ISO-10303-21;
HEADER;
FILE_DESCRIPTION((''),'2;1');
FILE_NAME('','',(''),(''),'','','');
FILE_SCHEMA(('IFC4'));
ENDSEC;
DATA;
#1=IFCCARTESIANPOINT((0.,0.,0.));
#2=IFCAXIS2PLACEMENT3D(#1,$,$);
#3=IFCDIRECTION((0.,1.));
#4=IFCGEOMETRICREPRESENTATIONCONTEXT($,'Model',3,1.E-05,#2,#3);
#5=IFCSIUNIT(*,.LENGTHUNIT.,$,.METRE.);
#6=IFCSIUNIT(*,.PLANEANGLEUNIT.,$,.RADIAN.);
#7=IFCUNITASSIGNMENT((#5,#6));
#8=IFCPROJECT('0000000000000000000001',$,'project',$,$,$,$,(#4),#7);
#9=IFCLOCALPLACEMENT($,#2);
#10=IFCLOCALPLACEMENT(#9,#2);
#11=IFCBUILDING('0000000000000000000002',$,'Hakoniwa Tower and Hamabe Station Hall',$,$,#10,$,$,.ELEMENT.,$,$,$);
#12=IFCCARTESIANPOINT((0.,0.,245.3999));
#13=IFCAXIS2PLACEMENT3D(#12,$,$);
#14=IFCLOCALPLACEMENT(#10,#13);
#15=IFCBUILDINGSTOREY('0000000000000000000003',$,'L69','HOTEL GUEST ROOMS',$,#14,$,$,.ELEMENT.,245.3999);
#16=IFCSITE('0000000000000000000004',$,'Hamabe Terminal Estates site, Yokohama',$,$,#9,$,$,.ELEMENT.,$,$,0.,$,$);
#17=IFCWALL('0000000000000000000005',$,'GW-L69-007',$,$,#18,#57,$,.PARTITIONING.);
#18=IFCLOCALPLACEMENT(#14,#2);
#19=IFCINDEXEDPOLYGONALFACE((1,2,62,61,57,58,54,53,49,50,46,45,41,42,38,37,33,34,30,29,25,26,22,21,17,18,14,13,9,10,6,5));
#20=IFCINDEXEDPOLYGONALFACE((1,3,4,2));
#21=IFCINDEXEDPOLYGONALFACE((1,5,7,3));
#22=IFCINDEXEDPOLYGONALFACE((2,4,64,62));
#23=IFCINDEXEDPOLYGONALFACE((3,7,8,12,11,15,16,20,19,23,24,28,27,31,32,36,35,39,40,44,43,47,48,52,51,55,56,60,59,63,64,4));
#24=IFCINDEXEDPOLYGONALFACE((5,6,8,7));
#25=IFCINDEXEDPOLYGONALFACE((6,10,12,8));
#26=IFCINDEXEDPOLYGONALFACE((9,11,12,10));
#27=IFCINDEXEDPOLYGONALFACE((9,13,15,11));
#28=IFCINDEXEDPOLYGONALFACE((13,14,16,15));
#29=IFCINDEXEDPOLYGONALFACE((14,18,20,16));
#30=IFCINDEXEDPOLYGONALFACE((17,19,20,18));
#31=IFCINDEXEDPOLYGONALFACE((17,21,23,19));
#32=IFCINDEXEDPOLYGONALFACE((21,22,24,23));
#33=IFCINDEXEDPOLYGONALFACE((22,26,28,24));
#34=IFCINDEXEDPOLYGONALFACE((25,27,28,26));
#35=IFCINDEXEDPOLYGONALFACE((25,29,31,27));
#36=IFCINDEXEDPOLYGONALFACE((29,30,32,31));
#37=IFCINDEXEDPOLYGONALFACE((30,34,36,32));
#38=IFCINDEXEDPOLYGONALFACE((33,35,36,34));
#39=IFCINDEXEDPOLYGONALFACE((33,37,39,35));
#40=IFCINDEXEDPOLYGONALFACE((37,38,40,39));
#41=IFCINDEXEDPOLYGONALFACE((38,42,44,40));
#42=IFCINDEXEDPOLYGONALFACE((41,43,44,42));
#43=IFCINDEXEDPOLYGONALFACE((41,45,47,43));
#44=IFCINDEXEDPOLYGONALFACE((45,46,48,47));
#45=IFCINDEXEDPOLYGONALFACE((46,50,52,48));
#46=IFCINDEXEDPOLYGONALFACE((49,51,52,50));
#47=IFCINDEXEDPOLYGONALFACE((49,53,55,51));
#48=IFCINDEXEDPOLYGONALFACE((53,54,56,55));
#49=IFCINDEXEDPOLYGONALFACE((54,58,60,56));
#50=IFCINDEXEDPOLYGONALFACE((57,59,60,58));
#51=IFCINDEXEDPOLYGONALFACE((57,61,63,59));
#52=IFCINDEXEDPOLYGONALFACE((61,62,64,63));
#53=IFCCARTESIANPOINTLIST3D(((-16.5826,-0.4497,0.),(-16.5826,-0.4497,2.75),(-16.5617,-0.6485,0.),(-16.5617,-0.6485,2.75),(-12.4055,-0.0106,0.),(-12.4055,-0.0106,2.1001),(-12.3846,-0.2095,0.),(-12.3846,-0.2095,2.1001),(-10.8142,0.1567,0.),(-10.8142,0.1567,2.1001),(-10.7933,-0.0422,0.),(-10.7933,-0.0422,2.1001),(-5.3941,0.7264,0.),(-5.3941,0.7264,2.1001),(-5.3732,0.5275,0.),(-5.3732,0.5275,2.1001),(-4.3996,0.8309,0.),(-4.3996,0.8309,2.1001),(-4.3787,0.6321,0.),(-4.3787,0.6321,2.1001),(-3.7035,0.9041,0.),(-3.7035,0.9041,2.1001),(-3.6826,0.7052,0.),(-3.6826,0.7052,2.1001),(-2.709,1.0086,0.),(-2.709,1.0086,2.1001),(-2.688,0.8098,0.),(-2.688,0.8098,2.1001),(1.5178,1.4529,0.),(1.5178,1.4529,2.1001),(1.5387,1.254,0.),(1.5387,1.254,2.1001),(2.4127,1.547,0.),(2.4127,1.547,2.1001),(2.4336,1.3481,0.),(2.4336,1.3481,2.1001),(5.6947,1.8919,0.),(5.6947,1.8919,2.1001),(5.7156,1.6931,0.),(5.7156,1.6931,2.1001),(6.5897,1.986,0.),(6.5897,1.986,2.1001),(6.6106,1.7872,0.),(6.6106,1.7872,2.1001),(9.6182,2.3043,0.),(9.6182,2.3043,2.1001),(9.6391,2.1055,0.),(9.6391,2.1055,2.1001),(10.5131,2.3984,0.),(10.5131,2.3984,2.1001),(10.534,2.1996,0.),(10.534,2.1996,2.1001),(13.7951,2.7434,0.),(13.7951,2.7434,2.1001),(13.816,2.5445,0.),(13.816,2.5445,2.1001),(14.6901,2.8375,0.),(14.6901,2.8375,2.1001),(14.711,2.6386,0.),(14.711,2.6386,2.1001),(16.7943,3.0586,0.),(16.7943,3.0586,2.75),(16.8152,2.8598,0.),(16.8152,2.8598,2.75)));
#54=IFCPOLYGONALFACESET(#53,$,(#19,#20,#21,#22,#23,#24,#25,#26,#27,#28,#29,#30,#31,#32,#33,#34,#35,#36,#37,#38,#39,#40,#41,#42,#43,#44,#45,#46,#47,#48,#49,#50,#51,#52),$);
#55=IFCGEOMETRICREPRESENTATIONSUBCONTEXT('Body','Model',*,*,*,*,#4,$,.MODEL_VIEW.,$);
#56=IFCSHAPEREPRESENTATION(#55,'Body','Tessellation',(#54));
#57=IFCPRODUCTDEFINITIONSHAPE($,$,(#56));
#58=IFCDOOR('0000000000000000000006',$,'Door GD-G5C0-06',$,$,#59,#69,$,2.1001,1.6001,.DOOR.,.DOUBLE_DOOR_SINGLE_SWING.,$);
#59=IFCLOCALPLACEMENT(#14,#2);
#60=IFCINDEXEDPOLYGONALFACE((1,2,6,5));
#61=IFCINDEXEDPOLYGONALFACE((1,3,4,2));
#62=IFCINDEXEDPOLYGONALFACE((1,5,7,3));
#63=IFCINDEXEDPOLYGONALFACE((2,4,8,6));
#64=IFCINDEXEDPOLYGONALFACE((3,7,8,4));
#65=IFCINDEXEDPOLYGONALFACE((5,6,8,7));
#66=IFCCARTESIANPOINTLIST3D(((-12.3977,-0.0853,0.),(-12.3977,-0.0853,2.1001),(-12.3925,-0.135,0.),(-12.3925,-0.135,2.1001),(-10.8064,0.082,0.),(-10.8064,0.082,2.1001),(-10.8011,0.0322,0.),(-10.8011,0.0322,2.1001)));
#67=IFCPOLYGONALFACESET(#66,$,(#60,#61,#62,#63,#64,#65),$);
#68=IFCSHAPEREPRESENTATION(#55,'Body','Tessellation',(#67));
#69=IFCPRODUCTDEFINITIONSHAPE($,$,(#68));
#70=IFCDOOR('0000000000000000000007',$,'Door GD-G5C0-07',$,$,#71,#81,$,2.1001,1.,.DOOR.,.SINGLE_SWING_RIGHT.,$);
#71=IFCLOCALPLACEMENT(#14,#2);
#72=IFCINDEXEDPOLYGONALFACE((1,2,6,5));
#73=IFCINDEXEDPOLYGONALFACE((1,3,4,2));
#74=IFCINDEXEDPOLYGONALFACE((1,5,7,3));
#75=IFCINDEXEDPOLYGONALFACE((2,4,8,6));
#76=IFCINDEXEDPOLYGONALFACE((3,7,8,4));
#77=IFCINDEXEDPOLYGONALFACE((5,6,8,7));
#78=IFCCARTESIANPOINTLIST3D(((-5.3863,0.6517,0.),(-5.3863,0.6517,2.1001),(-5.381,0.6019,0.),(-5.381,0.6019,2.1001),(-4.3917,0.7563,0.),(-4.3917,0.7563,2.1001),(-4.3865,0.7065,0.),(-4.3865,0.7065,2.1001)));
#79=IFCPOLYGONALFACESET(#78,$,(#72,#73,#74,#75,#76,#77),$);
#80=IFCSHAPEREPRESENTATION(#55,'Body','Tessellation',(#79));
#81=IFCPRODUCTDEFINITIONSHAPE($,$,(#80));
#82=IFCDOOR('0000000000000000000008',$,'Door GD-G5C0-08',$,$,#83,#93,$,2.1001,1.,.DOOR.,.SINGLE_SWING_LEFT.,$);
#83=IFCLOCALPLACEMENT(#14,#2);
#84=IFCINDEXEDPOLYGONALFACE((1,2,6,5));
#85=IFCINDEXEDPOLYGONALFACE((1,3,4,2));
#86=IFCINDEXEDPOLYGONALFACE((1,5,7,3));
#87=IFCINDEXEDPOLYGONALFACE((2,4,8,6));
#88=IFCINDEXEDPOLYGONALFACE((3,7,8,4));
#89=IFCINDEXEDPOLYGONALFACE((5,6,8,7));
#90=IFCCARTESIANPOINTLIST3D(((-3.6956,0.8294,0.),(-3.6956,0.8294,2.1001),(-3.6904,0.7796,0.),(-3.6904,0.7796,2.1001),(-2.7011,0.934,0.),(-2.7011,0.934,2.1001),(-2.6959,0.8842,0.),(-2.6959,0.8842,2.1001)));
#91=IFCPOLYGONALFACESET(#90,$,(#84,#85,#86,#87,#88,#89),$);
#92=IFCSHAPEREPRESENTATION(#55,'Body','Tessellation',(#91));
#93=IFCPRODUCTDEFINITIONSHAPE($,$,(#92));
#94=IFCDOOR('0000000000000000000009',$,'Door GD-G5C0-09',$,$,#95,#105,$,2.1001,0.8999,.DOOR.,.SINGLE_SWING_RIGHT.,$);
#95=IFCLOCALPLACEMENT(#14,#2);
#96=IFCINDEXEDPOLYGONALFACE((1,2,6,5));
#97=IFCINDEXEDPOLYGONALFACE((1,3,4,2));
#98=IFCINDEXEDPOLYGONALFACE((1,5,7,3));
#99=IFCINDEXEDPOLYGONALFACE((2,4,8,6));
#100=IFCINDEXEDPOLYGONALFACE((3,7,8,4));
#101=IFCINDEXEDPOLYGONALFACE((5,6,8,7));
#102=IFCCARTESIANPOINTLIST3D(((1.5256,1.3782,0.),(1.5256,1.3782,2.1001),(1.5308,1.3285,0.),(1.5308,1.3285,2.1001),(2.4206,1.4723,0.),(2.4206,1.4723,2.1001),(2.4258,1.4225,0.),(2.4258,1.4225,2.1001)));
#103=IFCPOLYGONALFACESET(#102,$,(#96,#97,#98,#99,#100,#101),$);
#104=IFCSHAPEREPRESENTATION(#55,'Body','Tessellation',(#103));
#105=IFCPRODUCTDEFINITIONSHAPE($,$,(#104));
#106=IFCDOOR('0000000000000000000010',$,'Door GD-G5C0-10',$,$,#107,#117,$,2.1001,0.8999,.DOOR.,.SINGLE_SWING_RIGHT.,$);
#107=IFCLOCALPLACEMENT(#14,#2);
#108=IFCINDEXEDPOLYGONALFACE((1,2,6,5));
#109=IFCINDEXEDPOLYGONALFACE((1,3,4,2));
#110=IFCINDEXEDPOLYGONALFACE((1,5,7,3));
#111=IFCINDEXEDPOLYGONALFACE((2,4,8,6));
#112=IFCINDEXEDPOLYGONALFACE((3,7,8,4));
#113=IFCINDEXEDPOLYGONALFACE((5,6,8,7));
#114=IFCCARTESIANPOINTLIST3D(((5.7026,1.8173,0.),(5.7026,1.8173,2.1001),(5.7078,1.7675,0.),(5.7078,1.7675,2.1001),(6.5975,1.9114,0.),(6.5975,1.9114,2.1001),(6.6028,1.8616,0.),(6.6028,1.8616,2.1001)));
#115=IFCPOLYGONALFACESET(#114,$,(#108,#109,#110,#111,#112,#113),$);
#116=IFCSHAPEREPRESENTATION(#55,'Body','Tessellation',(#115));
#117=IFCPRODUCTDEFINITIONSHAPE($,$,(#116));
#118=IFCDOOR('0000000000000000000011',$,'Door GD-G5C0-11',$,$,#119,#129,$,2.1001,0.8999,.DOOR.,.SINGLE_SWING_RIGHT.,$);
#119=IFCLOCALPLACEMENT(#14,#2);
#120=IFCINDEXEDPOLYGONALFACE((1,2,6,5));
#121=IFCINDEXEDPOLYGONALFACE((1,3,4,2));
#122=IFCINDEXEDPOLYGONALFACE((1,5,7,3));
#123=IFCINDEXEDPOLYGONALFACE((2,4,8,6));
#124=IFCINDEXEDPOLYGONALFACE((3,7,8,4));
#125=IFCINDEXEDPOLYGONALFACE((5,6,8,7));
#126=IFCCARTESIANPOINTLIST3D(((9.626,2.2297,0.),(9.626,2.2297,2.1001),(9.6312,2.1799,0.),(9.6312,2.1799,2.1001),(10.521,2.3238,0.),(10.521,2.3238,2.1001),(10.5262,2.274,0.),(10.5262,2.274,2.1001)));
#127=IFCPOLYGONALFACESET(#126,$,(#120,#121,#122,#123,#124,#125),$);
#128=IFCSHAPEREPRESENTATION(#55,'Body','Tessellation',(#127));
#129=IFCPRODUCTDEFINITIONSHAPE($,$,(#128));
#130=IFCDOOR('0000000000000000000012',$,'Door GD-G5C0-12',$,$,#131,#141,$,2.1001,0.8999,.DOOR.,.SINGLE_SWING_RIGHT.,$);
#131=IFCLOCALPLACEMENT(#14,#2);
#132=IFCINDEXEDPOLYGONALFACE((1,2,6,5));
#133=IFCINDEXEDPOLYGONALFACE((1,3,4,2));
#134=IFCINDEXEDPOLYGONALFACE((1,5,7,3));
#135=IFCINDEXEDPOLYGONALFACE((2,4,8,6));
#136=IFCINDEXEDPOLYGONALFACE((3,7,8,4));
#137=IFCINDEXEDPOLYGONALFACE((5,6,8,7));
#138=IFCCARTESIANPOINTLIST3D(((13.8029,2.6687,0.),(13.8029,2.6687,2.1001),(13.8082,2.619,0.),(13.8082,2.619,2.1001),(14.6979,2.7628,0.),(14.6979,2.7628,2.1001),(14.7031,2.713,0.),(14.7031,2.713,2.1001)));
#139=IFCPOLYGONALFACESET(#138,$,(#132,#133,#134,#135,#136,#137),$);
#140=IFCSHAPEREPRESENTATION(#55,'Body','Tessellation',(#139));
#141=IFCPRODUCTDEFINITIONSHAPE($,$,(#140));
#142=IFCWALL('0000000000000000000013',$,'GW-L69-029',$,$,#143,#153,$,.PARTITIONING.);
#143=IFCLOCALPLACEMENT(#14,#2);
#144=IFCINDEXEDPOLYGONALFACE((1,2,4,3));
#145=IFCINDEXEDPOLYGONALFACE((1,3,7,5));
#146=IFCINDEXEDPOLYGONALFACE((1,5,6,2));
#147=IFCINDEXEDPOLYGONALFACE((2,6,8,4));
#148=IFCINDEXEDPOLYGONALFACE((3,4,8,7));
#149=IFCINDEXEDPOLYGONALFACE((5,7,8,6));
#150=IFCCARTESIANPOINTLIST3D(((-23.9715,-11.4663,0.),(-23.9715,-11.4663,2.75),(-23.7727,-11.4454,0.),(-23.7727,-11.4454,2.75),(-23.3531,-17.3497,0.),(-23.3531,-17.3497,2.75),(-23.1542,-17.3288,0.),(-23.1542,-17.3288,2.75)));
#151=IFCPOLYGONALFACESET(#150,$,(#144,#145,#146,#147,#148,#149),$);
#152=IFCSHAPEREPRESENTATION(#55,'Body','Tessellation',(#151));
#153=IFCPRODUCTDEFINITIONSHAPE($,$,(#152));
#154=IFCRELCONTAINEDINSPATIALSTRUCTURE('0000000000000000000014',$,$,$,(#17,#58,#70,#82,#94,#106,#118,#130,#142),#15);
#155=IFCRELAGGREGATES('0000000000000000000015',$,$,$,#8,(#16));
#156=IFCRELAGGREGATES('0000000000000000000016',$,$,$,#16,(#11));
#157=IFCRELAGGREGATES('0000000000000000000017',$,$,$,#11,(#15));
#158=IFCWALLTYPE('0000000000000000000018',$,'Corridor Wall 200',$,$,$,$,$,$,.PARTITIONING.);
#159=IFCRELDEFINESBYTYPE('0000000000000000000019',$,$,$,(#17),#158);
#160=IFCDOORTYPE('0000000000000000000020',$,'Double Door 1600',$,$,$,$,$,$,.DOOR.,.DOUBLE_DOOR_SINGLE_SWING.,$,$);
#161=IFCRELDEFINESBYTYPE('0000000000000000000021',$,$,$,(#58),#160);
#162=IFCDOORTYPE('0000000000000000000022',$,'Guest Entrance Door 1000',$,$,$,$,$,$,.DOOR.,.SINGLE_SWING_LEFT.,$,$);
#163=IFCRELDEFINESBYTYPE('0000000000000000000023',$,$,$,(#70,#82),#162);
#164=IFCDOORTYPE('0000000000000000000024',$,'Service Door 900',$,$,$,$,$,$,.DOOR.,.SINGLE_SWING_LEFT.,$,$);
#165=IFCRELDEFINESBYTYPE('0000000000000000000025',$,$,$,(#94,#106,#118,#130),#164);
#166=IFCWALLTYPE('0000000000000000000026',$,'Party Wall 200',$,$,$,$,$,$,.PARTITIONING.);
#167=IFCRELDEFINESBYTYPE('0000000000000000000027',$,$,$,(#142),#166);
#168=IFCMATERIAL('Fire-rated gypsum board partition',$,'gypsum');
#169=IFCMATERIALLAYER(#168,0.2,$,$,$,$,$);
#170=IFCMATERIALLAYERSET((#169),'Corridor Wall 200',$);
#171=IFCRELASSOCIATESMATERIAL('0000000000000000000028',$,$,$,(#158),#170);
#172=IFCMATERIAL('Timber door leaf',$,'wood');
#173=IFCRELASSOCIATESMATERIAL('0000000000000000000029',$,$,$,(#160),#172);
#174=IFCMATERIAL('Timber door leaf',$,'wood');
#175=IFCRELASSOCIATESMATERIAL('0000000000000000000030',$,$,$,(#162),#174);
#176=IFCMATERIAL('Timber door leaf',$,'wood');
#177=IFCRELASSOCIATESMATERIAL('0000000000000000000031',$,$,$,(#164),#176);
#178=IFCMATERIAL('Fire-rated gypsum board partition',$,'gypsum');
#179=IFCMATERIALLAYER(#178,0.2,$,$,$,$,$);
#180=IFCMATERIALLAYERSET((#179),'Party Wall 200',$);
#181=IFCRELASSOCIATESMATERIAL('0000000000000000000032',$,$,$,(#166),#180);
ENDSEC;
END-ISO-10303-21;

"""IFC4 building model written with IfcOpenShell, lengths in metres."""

from ifc_helpers import new_model, si_unit, direction, frame, frame_2d, origin, place, context, subcontext, project, spatial, rectangle, extrude, material, layer, layer_set, type_object, element, fill, save


model = new_model("IFC4")

# Units and contexts
model_context = context("Model", 3, precision=1e-05, world=origin(), true_north=direction((0.0, 1.0)))
body_context = subcontext(model_context, "Body", "Model", "MODEL_VIEW")
ifc_project = project(units=[si_unit("LENGTHUNIT", "METRE"), si_unit("PLANEANGLEUNIT", "RADIAN")], contexts=[model_context])

# Site, building, storey
site_placement = place(None, origin())
site = spatial("IfcSite", under=ifc_project, at=site_placement, Name="Hamabe Terminal Estates site, Yokohama", CompositionType="ELEMENT", RefElevation=0.0)
building_placement = place(site_placement, origin())
building = spatial("IfcBuilding", under=site, at=building_placement, Name="Hakoniwa Tower and Hamabe Station Hall", CompositionType="ELEMENT")
storey_placement = place(building_placement, frame((0.0, 0.0, 245.3999)))
storey = spatial("IfcBuildingStorey", under=building, at=storey_placement, Name="L69", Description="HOTEL GUEST ROOMS", CompositionType="ELEMENT", Elevation=245.3999)

# Wall, openings, doors
ifc_material_1 = material(Name="Fire-rated gypsum board partition", Category="gypsum")
ifc_layer_1 = layer(ifc_material_1, 0.2)
ifc_layer_set_1 = layer_set([ifc_layer_1], Name="Corridor Wall 200")
wall_type_1 = type_object("IfcWallType", Name="Corridor Wall 200", PredefinedType="PARTITIONING", material=ifc_layer_set_1)
wall_1_placement = place(storey_placement, frame((-16.572, -0.5491, 0.0), z_axis=(0.0, 0.0, 1.0), x_axis=(0.994521, 0.104536, 0.0)))
wall_1 = element("IfcWall", 1, at=wall_1_placement, inside=storey, type_object=wall_type_1, Name="GW-L69-007", PredefinedType="PARTITIONING", context=body_context, shape_type="SweptSolid", body=[
    extrude(rectangle(XDim=33.5608, YDim=0.2, at=frame_2d((16.7803, 0.0))), origin(), (0.0, 0.0, 1.0), 2.75),
])
opening_1_placement = place(wall_1_placement, frame((4.2, 0.0, 0.0)))
opening_1 = element("IfcOpeningElement", 2, at=opening_1_placement, cuts=wall_1, PredefinedType="OPENING", context=body_context, shape_type="SweptSolid", body=[
    extrude(rectangle(XDim=1.6001, YDim=2.1001, at=frame_2d((0.8, 1.05))), frame((0.0, 0.1099, 0.0), z_axis=(0.0, -1.0, 0.0), x_axis=(1.0, 0.0, 0.0)), (0.0, 0.0, 1.0), 0.22),
])
opening_2_placement = place(wall_1_placement, frame((11.25, 0.0, 0.0)))
opening_2 = element("IfcOpeningElement", 3, at=opening_2_placement, cuts=wall_1, PredefinedType="OPENING", context=body_context, shape_type="SweptSolid", body=[
    extrude(rectangle(XDim=1.0, YDim=2.1001, at=frame_2d((0.5, 1.05))), frame((0.0, 0.1099, 0.0), z_axis=(0.0, -1.0, 0.0), x_axis=(1.0, 0.0, 0.0)), (0.0, 0.0, 1.0), 0.22),
])
opening_3_placement = place(wall_1_placement, frame((12.95, 0.0, 0.0)))
opening_3 = element("IfcOpeningElement", 4, at=opening_3_placement, cuts=wall_1, PredefinedType="OPENING", context=body_context, shape_type="SweptSolid", body=[
    extrude(rectangle(XDim=1.0, YDim=2.1001, at=frame_2d((0.5, 1.05))), frame((0.0, 0.1099, 0.0), z_axis=(0.0, -1.0, 0.0), x_axis=(1.0, 0.0, 0.0)), (0.0, 0.0, 1.0), 0.22),
])
opening_4_placement = place(wall_1_placement, frame((18.2, 0.0, 0.0)))
opening_4 = element("IfcOpeningElement", 5, at=opening_4_placement, cuts=wall_1, PredefinedType="OPENING", context=body_context, shape_type="SweptSolid", body=[
    extrude(rectangle(XDim=0.8999, YDim=2.1001, at=frame_2d((0.45, 1.05))), frame((0.0, 0.1099, 0.0), z_axis=(0.0, -1.0, 0.0), x_axis=(1.0, 0.0, 0.0)), (0.0, 0.0, 1.0), 0.22),
])
opening_5_placement = place(wall_1_placement, frame((22.3999, 0.0, 0.0)))
opening_5 = element("IfcOpeningElement", 6, at=opening_5_placement, cuts=wall_1, PredefinedType="OPENING", context=body_context, shape_type="SweptSolid", body=[
    extrude(rectangle(XDim=0.8999, YDim=2.1001, at=frame_2d((0.45, 1.05))), frame((0.0, 0.1099, 0.0), z_axis=(0.0, -1.0, 0.0), x_axis=(1.0, 0.0, 0.0)), (0.0, 0.0, 1.0), 0.22),
])
opening_6_placement = place(wall_1_placement, frame((26.345, 0.0, 0.0)))
opening_6 = element("IfcOpeningElement", 7, at=opening_6_placement, cuts=wall_1, PredefinedType="OPENING", context=body_context, shape_type="SweptSolid", body=[
    extrude(rectangle(XDim=0.8999, YDim=2.1001, at=frame_2d((0.45, 1.05))), frame((0.0, 0.1099, 0.0), z_axis=(0.0, -1.0, 0.0), x_axis=(1.0, 0.0, 0.0)), (0.0, 0.0, 1.0), 0.22),
])
opening_7_placement = place(wall_1_placement, frame((30.5449, 0.0, 0.0)))
opening_7 = element("IfcOpeningElement", 8, at=opening_7_placement, cuts=wall_1, PredefinedType="OPENING", context=body_context, shape_type="SweptSolid", body=[
    extrude(rectangle(XDim=0.8999, YDim=2.1001, at=frame_2d((0.45, 1.05))), frame((0.0, 0.1099, 0.0), z_axis=(0.0, -1.0, 0.0), x_axis=(1.0, 0.0, 0.0)), (0.0, 0.0, 1.0), 0.22),
])
ifc_material_2 = material(Name="Timber door leaf", Category="wood")
door_type_1 = type_object("IfcDoorType", Name="Double Door 1600", OperationType="DOUBLE_DOOR_SINGLE_SWING", PredefinedType="DOOR", material=ifc_material_2)
door_1_placement = place(opening_1_placement, origin())
door_1 = element("IfcDoor", 9, at=door_1_placement, inside=storey, type_object=door_type_1, Name="Door GD-G5C0-06", OperationType="DOUBLE_DOOR_SINGLE_SWING", OverallHeight=2.1001, OverallWidth=1.6001, PredefinedType="DOOR", context=body_context, shape_type="SweptSolid", body=[
    extrude(rectangle(XDim=1.6001, YDim=2.1001, at=frame_2d((0.8, 1.05))), frame((0.0, 0.0249, 0.0), z_axis=(0.0, -1.0, 0.0), x_axis=(1.0, 0.0, 0.0)), (0.0, 0.0, 1.0), 0.05),
])
fill(opening_1, door_1)
ifc_material_3 = material(Name="Timber door leaf", Category="wood")
door_type_2 = type_object("IfcDoorType", Name="Guest Entrance Door 1000", OperationType="SINGLE_SWING_LEFT", PredefinedType="DOOR", material=ifc_material_3)
door_2_placement = place(opening_2_placement, origin())
door_2 = element("IfcDoor", 10, at=door_2_placement, inside=storey, type_object=door_type_2, Name="Door GD-G5C0-07", OperationType="SINGLE_SWING_RIGHT", OverallHeight=2.1001, OverallWidth=1.0, PredefinedType="DOOR", context=body_context, shape_type="SweptSolid", body=[
    extrude(rectangle(XDim=1.0, YDim=2.1001, at=frame_2d((0.5, 1.05))), frame((0.0, 0.0249, 0.0), z_axis=(0.0, -1.0, 0.0), x_axis=(1.0, 0.0, 0.0)), (0.0, 0.0, 1.0), 0.05),
])
fill(opening_2, door_2)
door_3_placement = place(opening_3_placement, origin())
door_3 = element("IfcDoor", 11, at=door_3_placement, inside=storey, type_object=door_type_2, Name="Door GD-G5C0-08", OperationType="SINGLE_SWING_LEFT", OverallHeight=2.1001, OverallWidth=1.0, PredefinedType="DOOR", context=body_context, shape_type="SweptSolid", body=[
    extrude(rectangle(XDim=1.0, YDim=2.1001, at=frame_2d((0.5, 1.05))), frame((0.0, 0.0249, 0.0), z_axis=(0.0, -1.0, 0.0), x_axis=(1.0, 0.0, 0.0)), (0.0, 0.0, 1.0), 0.05),
])
fill(opening_3, door_3)
ifc_material_4 = material(Name="Timber door leaf", Category="wood")
door_type_3 = type_object("IfcDoorType", Name="Service Door 900", OperationType="SINGLE_SWING_LEFT", PredefinedType="DOOR", material=ifc_material_4)
door_4_placement = place(opening_4_placement, origin())
door_4 = element("IfcDoor", 12, at=door_4_placement, inside=storey, type_object=door_type_3, Name="Door GD-G5C0-09", OperationType="SINGLE_SWING_RIGHT", OverallHeight=2.1001, OverallWidth=0.8999, PredefinedType="DOOR", context=body_context, shape_type="SweptSolid", body=[
    extrude(rectangle(XDim=0.8999, YDim=2.1001, at=frame_2d((0.45, 1.05))), frame((0.0, 0.0249, 0.0), z_axis=(0.0, -1.0, 0.0), x_axis=(1.0, 0.0, 0.0)), (0.0, 0.0, 1.0), 0.05),
])
fill(opening_4, door_4)
door_5_placement = place(opening_5_placement, origin())
door_5 = element("IfcDoor", 13, at=door_5_placement, inside=storey, type_object=door_type_3, Name="Door GD-G5C0-10", OperationType="SINGLE_SWING_RIGHT", OverallHeight=2.1001, OverallWidth=0.8999, PredefinedType="DOOR", context=body_context, shape_type="SweptSolid", body=[
    extrude(rectangle(XDim=0.8999, YDim=2.1001, at=frame_2d((0.45, 1.05))), frame((0.0, 0.0249, 0.0), z_axis=(0.0, -1.0, 0.0), x_axis=(1.0, 0.0, 0.0)), (0.0, 0.0, 1.0), 0.05),
])
fill(opening_5, door_5)
door_6_placement = place(opening_6_placement, origin())
door_6 = element("IfcDoor", 14, at=door_6_placement, inside=storey, type_object=door_type_3, Name="Door GD-G5C0-11", OperationType="SINGLE_SWING_RIGHT", OverallHeight=2.1001, OverallWidth=0.8999, PredefinedType="DOOR", context=body_context, shape_type="SweptSolid", body=[
    extrude(rectangle(XDim=0.8999, YDim=2.1001, at=frame_2d((0.45, 1.05))), frame((0.0, 0.0249, 0.0), z_axis=(0.0, -1.0, 0.0), x_axis=(1.0, 0.0, 0.0)), (0.0, 0.0, 1.0), 0.05),
])
fill(opening_6, door_6)
door_7_placement = place(opening_7_placement, origin())
door_7 = element("IfcDoor", 15, at=door_7_placement, inside=storey, type_object=door_type_3, Name="Door GD-G5C0-12", OperationType="SINGLE_SWING_RIGHT", OverallHeight=2.1001, OverallWidth=0.8999, PredefinedType="DOOR", context=body_context, shape_type="SweptSolid", body=[
    extrude(rectangle(XDim=0.8999, YDim=2.1001, at=frame_2d((0.45, 1.05))), frame((0.0, 0.0249, 0.0), z_axis=(0.0, -1.0, 0.0), x_axis=(1.0, 0.0, 0.0)), (0.0, 0.0, 1.0), 0.05),
])
fill(opening_7, door_7)

# Wall
ifc_material_5 = material(Name="Fire-rated gypsum board partition", Category="gypsum")
ifc_layer_2 = layer(ifc_material_5, 0.2)
ifc_layer_set_2 = layer_set([ifc_layer_2], Name="Party Wall 200")
wall_type_2 = type_object("IfcWallType", Name="Party Wall 200", PredefinedType="PARTITIONING", material=ifc_layer_set_2)
for number, where, z_axis, x_axis, name in (
    (16, (-23.2537, -17.3394, 0.0), (0.0, 0.0, 1.0), (-0.104537, 0.994521, 0.0), "GW-L69-029"),
):
    element("IfcWall", number, at=place(storey_placement, frame(where, z_axis=z_axis, x_axis=x_axis)), inside=storey, type_object=wall_type_2, Name=name, PredefinedType="PARTITIONING", context=body_context, shape_type="SweptSolid", body=[
        extrude(rectangle(XDim=5.9158, YDim=0.2, at=frame_2d((2.958, 0.0))), origin(), (0.0, 0.0, 1.0), 2.75),
    ])

save(model, "model.ifc")
